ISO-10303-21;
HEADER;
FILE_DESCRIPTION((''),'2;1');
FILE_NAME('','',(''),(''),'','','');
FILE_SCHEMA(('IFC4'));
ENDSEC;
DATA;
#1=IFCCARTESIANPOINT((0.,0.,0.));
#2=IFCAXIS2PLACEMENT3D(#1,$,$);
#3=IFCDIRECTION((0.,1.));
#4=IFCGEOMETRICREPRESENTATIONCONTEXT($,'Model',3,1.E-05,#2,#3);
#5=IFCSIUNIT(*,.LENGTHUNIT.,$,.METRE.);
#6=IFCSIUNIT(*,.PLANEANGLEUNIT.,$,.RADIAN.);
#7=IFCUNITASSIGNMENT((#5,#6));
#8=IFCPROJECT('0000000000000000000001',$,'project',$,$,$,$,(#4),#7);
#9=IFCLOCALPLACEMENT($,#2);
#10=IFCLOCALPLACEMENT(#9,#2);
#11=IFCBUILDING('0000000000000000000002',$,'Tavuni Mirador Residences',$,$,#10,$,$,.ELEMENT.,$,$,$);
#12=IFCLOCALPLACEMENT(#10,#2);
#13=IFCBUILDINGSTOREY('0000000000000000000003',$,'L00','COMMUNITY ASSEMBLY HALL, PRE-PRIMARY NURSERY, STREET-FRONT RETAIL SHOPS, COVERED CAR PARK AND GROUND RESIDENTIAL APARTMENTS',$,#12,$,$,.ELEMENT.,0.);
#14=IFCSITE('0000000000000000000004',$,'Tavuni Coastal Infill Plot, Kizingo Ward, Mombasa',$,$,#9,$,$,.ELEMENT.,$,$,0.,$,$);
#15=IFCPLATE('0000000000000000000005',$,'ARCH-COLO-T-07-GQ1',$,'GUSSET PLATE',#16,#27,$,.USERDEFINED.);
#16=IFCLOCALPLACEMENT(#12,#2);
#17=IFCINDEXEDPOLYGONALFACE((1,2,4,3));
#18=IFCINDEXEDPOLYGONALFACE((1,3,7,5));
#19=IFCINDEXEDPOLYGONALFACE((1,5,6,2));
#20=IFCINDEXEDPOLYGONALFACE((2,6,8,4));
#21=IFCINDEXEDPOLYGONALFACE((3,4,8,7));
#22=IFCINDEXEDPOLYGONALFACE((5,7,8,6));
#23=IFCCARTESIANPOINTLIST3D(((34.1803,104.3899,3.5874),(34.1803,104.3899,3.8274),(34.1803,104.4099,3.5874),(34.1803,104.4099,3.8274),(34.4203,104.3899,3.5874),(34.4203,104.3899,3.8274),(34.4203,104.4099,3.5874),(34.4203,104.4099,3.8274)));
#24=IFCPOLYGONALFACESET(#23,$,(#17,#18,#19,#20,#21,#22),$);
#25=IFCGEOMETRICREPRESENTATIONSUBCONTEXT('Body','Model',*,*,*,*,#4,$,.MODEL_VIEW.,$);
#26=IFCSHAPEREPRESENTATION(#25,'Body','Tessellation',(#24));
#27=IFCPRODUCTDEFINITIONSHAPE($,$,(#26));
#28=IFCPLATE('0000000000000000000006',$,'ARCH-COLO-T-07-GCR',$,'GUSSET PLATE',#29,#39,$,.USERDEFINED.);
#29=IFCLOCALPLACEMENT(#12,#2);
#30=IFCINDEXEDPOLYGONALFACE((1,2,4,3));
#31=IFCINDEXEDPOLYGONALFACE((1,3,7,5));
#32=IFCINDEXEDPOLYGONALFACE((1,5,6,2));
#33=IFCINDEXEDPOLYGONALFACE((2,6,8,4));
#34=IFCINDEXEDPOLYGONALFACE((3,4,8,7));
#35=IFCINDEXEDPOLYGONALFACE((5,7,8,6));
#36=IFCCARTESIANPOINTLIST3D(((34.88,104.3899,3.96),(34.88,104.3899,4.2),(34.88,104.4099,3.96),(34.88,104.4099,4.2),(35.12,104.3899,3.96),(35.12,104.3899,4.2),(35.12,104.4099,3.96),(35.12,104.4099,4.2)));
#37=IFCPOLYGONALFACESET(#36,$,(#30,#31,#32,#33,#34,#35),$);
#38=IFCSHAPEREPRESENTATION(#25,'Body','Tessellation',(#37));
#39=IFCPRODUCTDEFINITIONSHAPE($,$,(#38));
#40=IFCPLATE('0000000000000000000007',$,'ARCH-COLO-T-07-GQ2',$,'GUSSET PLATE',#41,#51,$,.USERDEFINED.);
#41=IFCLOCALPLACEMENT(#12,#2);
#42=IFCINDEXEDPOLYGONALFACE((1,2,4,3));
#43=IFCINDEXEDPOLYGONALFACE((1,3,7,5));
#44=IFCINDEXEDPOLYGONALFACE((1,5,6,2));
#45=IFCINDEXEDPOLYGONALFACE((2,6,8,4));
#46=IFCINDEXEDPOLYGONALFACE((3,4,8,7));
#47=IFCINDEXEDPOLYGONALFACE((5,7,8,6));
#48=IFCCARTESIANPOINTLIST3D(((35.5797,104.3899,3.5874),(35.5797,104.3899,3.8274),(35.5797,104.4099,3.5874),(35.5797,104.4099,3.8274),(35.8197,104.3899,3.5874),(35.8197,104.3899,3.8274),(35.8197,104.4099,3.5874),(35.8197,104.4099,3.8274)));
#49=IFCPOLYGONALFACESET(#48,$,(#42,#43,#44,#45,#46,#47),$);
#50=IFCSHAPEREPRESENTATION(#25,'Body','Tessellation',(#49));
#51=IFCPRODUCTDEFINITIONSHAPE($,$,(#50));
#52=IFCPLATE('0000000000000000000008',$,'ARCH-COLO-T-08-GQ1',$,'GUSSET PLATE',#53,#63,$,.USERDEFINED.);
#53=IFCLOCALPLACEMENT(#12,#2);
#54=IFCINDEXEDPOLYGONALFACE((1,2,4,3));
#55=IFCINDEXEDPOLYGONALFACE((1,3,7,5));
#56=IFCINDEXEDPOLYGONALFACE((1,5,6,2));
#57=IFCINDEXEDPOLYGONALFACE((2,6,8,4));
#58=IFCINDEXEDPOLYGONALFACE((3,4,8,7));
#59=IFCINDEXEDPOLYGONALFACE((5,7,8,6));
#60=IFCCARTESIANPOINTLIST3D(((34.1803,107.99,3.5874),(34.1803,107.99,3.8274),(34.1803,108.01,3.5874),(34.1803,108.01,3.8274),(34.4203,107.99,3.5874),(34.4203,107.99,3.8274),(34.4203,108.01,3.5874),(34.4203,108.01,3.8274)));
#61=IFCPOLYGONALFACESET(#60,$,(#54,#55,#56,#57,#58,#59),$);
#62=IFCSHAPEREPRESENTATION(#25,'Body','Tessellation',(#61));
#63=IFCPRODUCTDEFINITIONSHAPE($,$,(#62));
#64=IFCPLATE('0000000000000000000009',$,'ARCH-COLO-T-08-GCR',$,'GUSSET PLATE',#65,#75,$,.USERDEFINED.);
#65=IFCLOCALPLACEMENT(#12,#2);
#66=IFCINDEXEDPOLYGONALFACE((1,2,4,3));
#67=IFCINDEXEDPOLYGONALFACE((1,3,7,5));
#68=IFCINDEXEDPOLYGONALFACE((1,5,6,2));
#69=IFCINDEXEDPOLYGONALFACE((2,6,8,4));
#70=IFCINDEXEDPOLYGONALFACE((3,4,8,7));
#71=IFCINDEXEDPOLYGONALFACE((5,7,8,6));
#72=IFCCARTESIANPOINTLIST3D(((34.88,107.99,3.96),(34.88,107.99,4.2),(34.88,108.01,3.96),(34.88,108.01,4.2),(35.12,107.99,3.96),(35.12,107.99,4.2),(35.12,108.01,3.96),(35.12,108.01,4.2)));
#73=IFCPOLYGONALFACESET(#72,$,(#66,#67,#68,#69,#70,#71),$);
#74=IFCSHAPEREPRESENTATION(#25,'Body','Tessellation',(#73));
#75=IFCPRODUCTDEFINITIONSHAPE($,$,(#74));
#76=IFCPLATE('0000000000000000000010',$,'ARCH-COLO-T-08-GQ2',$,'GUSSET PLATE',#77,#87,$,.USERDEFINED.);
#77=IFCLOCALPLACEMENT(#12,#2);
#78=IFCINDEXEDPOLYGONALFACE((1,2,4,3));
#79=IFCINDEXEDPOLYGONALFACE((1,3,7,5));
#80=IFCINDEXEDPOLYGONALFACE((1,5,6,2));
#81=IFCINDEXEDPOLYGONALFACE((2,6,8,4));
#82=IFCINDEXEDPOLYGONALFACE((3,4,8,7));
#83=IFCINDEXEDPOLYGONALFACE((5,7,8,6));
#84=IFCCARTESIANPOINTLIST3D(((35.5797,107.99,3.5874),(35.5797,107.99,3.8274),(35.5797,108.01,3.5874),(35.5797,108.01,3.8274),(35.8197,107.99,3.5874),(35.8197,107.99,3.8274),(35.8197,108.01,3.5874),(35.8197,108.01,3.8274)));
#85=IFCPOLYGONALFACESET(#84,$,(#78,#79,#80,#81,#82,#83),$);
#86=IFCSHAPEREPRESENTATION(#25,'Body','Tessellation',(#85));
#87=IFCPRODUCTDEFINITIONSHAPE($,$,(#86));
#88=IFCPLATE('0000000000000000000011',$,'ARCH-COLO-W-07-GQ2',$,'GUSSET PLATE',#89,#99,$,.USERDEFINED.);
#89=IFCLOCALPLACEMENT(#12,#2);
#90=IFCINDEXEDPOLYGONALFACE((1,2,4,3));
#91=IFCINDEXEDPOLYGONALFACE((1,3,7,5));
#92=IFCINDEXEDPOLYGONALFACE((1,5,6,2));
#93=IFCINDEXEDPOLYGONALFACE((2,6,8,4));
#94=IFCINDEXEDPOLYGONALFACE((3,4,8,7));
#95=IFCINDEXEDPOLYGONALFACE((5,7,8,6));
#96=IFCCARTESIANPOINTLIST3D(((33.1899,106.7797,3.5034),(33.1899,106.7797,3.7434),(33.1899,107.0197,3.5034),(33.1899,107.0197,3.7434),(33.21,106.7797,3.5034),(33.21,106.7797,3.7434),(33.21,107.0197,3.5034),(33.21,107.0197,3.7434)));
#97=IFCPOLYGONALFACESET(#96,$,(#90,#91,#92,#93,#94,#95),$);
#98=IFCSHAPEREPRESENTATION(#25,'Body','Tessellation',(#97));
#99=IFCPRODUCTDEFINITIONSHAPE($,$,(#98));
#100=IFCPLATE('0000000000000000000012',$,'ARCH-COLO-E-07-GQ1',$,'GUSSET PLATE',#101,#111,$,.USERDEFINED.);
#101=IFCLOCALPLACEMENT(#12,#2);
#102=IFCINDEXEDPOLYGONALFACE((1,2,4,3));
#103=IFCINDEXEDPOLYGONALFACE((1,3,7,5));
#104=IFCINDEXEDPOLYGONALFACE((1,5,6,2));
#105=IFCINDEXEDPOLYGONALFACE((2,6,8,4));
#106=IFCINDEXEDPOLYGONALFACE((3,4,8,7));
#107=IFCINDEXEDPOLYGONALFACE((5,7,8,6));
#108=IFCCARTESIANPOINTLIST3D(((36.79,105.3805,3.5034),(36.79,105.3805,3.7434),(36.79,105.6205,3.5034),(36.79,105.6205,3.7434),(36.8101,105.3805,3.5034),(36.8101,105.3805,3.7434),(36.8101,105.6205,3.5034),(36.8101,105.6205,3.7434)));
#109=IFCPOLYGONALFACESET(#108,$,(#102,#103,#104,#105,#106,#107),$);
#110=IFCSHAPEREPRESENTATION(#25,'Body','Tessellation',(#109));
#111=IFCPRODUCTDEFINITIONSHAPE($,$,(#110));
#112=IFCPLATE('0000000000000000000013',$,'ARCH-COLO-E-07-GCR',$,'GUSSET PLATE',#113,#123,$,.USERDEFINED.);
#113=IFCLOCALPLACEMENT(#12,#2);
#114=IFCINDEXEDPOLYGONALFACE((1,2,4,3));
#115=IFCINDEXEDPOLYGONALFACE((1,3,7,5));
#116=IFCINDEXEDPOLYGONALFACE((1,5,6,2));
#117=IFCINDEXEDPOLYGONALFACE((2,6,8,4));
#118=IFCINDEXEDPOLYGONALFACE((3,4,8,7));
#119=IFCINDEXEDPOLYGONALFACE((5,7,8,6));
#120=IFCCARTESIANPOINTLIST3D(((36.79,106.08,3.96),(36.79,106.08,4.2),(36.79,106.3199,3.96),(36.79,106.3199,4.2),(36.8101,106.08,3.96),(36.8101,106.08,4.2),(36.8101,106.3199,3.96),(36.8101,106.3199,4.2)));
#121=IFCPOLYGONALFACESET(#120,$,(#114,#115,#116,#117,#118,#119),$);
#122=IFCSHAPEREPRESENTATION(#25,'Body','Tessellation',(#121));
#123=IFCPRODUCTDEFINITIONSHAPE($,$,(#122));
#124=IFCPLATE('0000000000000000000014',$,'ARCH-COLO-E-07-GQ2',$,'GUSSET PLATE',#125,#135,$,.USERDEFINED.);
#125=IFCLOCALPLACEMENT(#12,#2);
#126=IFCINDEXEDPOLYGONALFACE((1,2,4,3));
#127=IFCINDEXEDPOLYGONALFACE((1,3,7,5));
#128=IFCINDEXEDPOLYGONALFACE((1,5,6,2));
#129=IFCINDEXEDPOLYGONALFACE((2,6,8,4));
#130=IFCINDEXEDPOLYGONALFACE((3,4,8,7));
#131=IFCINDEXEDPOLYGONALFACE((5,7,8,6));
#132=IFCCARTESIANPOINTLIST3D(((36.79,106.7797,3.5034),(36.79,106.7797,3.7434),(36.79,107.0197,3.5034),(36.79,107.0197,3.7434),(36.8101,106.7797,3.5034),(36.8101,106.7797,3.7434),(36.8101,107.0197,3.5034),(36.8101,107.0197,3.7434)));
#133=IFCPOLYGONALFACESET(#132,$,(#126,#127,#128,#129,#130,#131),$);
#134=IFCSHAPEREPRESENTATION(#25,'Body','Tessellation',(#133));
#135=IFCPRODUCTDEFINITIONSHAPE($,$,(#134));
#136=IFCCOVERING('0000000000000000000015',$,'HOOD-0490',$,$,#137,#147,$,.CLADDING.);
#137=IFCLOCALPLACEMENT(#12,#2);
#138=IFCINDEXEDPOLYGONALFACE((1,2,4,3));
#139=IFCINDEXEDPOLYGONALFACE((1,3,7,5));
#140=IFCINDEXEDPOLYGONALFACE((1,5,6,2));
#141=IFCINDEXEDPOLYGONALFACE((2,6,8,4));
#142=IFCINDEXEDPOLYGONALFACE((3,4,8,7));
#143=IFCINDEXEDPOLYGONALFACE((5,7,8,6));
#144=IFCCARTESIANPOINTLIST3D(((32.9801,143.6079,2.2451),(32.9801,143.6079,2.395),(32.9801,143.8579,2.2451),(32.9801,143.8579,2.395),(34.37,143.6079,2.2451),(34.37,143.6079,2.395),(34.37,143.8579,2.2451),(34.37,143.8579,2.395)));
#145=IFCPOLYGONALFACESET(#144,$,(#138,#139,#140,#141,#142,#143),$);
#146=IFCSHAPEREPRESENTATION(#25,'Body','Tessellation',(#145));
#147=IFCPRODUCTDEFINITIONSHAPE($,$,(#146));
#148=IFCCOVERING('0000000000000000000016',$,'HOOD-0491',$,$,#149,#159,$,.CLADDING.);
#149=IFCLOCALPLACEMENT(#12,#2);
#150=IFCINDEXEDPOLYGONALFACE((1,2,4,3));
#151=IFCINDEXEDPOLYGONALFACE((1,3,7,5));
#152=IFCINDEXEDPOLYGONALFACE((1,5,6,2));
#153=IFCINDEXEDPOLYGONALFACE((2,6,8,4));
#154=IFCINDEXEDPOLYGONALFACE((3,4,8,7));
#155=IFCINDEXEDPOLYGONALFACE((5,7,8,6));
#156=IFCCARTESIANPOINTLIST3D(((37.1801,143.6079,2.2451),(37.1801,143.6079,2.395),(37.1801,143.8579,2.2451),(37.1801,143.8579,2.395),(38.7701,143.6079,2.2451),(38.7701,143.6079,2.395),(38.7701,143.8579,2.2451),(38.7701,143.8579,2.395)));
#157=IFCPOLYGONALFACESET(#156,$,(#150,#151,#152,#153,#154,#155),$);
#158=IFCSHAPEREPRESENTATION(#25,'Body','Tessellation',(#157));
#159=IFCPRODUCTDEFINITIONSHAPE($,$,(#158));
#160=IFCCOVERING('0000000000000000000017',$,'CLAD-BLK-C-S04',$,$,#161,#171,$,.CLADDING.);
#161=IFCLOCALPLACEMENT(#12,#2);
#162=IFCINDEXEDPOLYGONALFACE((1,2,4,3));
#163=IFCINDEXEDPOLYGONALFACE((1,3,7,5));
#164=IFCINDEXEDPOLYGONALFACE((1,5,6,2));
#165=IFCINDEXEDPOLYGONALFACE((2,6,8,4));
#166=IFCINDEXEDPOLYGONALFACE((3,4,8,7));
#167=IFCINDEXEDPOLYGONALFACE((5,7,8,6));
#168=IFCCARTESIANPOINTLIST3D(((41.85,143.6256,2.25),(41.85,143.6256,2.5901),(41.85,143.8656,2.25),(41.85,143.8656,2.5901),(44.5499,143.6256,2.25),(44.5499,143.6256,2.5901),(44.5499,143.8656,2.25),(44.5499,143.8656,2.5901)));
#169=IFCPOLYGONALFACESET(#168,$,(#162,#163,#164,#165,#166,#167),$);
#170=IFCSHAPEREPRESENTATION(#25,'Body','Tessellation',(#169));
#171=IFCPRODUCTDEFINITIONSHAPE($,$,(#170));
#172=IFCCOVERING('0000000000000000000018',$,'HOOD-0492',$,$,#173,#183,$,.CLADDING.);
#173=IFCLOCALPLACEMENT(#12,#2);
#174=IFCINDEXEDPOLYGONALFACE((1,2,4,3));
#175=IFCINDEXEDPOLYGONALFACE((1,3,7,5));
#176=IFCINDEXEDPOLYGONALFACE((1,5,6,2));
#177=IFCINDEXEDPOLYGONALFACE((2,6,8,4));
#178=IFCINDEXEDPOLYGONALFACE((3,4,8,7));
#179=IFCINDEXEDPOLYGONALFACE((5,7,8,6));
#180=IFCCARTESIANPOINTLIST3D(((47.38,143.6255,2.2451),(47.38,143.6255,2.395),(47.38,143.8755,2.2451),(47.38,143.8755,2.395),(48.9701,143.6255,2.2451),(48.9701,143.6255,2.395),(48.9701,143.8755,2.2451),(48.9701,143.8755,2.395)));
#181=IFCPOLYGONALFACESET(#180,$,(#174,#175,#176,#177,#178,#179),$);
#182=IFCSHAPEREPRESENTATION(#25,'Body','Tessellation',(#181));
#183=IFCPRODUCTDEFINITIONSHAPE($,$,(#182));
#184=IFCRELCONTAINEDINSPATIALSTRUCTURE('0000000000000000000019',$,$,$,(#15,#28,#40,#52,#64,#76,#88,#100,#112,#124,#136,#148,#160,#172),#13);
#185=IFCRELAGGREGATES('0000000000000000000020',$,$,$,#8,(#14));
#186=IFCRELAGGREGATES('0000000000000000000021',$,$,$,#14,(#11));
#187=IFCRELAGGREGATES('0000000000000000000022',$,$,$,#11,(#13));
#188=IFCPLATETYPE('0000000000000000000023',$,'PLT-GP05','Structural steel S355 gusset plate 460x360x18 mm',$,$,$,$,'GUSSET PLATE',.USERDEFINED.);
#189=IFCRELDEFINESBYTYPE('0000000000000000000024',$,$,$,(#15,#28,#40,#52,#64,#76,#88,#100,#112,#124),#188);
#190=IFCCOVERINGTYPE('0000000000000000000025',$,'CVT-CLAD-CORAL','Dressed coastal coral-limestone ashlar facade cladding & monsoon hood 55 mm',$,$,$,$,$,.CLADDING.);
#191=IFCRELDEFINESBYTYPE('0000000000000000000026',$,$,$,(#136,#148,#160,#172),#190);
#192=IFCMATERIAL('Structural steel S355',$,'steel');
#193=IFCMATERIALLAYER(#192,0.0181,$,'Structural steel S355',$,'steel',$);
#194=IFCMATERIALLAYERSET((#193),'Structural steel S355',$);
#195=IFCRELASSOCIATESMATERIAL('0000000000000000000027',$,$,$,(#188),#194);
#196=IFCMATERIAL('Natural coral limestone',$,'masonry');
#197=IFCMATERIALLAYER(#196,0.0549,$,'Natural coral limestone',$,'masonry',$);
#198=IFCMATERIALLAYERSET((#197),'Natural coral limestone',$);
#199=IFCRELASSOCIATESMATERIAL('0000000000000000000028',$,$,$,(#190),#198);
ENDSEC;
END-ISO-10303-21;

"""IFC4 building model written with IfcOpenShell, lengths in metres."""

from ifc_helpers import new_model, si_unit, direction, frame, origin, origin_2d, place, context, subcontext, project, spatial, rectangle, extrude, material, layer, layer_set, type_object, element, save


model = new_model("IFC4")

# Units and contexts
model_context = context("Model", 3, precision=1e-05, world=origin(), true_north=direction((0.0, 1.0)))
body_context = subcontext(model_context, "Body", "Model", "MODEL_VIEW")
ifc_project = project(units=[si_unit("LENGTHUNIT", "METRE"), si_unit("PLANEANGLEUNIT", "RADIAN")], contexts=[model_context])

# Site, building, storey
site_placement = place(None, origin())
site = spatial("IfcSite", under=ifc_project, at=site_placement, Name="Tavuni Coastal Infill Plot, Kizingo Ward, Mombasa", CompositionType="ELEMENT", RefElevation=0.0)
building_placement = place(site_placement, origin())
building = spatial("IfcBuilding", under=site, at=building_placement, Name="Tavuni Mirador Residences", CompositionType="ELEMENT")
storey_placement = place(building_placement, origin())
storey = spatial("IfcBuildingStorey", under=building, at=storey_placement, Name="L00", Description="COMMUNITY ASSEMBLY HALL, PRE-PRIMARY NURSERY, STREET-FRONT RETAIL SHOPS, COVERED CAR PARK AND GROUND RESIDENTIAL APARTMENTS", CompositionType="ELEMENT", Elevation=0.0)

# Shared definitions
ifc_material_1 = material(Name="Structural steel S355", Category="steel")

# Plates
ifc_layer_1 = layer(ifc_material_1, 0.0181, Name="Structural steel S355", Category="steel")
ifc_layer_set_1 = layer_set([ifc_layer_1], Name="Structural steel S355")
plate_type = type_object("IfcPlateType", Name="PLT-GP05", Description="Structural steel S355 gusset plate 460x360x18 mm", ElementType="GUSSET PLATE", PredefinedType="USERDEFINED", material=ifc_layer_set_1)
for number, where, z_axis, x_axis, name in (
    (1, (34.3003, 104.3999, 3.5874), (0.0, 0.0, 1.0), (1.0, 0.0, 0.0), "ARCH-COLO-T-07-GQ1"),
    (2, (35.0, 104.3999, 3.96), (0.0, 0.0, 1.0), (1.0, 0.0, 0.0), "ARCH-COLO-T-07-GCR"),
    (3, (35.6997, 104.3999, 3.5874), (0.0, 0.0, 1.0), (1.0, 0.0, 0.0), "ARCH-COLO-T-07-GQ2"),
    (4, (34.3003, 108.0, 3.5874), (0.0, 0.0, 1.0), (1.0, 0.0, 0.0), "ARCH-COLO-T-08-GQ1"),
    (5, (35.0, 108.0, 3.96), (0.0, 0.0, 1.0), (1.0, 0.0, 0.0), "ARCH-COLO-T-08-GCR"),
    (6, (35.6997, 108.0, 3.5874), (0.0, 0.0, 1.0), (1.0, 0.0, 0.0), "ARCH-COLO-T-08-GQ2"),
):
    element("IfcPlate", number, at=place(storey_placement, frame(where, z_axis=z_axis, x_axis=x_axis)), inside=storey, type_object=plate_type, Name=name, ObjectType="GUSSET PLATE", PredefinedType="USERDEFINED", context=body_context, shape_type="SweptSolid", body=[
        extrude(rectangle(XDim=0.24, YDim=0.02, at=origin_2d()), origin(), (0.0, 0.0, 1.0), 0.24),
    ])
for number, where, z_axis, x_axis, name in (
    (7, (33.2, 106.8997, 3.5034), (0.0, 0.0, 1.0), (1.0, 0.0, 0.0), "ARCH-COLO-W-07-GQ2"),
    (8, (36.8, 105.5005, 3.5034), (0.0, 0.0, 1.0), (1.0, 0.0, 0.0), "ARCH-COLO-E-07-GQ1"),
    (9, (36.8, 106.2, 3.96), (0.0, 0.0, 1.0), (1.0, 0.0, 0.0), "ARCH-COLO-E-07-GCR"),
    (10, (36.8, 106.8997, 3.5034), (0.0, 0.0, 1.0), (1.0, 0.0, 0.0), "ARCH-COLO-E-07-GQ2"),
):
    element("IfcPlate", number, at=place(storey_placement, frame(where, z_axis=z_axis, x_axis=x_axis)), inside=storey, type_object=plate_type, Name=name, ObjectType="GUSSET PLATE", PredefinedType="USERDEFINED", context=body_context, shape_type="SweptSolid", body=[
        extrude(rectangle(XDim=0.02, YDim=0.24, at=origin_2d()), origin(), (0.0, 0.0, 1.0), 0.24),
    ])

# Coverings
ifc_material_2 = material(Name="Natural coral limestone", Category="masonry")
ifc_layer_2 = layer(ifc_material_2, 0.0549, Name="Natural coral limestone", Category="masonry")
ifc_layer_set_2 = layer_set([ifc_layer_2], Name="Natural coral limestone")
covering_type = type_object("IfcCoveringType", Name="CVT-CLAD-CORAL", Description="Dressed coastal coral-limestone ashlar facade cladding & monsoon hood 55 mm", PredefinedType="CLADDING", material=ifc_layer_set_2)
covering_1_placement = place(storey_placement, frame((33.675, 143.7329, 2.2451), z_axis=(0.0, 0.0, 1.0), x_axis=(1.0, 0.0, 0.0)))
element("IfcCovering", 11, at=covering_1_placement, inside=storey, type_object=covering_type, Name="HOOD-0490", PredefinedType="CLADDING", context=body_context, shape_type="SweptSolid", body=[
    extrude(rectangle(XDim=1.3899, YDim=0.25, at=origin_2d()), origin(), (0.0, 0.0, 1.0), 0.1499),
])
covering_2_placement = place(storey_placement, frame((37.9751, 143.7329, 2.2451), z_axis=(0.0, 0.0, 1.0), x_axis=(1.0, 0.0, 0.0)))
element("IfcCovering", 12, at=covering_2_placement, inside=storey, type_object=covering_type, Name="HOOD-0491", PredefinedType="CLADDING", context=body_context, shape_type="SweptSolid", body=[
    extrude(rectangle(XDim=1.5901, YDim=0.25, at=origin_2d()), origin(), (0.0, 0.0, 1.0), 0.1499),
])
covering_3_placement = place(storey_placement, frame((43.2, 143.7456, 2.25), z_axis=(0.0, 0.0, 1.0), x_axis=(1.0, 0.0, 0.0)))
element("IfcCovering", 13, at=covering_3_placement, inside=storey, type_object=covering_type, Name="CLAD-BLK-C-S04", PredefinedType="CLADDING", context=body_context, shape_type="SweptSolid", body=[
    extrude(rectangle(XDim=2.7, YDim=0.24, at=origin_2d()), origin(), (0.0, 0.0, 1.0), 0.3401),
])
covering_4_placement = place(storey_placement, frame((48.175, 143.7505, 2.2451), z_axis=(0.0, 0.0, 1.0), x_axis=(1.0, 0.0, 0.0)))
element("IfcCovering", 14, at=covering_4_placement, inside=storey, type_object=covering_type, Name="HOOD-0492", PredefinedType="CLADDING", context=body_context, shape_type="SweptSolid", body=[
    extrude(rectangle(XDim=1.5901, YDim=0.25, at=origin_2d()), origin(), (0.0, 0.0, 1.0), 0.1499),
])

save(model, "model.ifc")
